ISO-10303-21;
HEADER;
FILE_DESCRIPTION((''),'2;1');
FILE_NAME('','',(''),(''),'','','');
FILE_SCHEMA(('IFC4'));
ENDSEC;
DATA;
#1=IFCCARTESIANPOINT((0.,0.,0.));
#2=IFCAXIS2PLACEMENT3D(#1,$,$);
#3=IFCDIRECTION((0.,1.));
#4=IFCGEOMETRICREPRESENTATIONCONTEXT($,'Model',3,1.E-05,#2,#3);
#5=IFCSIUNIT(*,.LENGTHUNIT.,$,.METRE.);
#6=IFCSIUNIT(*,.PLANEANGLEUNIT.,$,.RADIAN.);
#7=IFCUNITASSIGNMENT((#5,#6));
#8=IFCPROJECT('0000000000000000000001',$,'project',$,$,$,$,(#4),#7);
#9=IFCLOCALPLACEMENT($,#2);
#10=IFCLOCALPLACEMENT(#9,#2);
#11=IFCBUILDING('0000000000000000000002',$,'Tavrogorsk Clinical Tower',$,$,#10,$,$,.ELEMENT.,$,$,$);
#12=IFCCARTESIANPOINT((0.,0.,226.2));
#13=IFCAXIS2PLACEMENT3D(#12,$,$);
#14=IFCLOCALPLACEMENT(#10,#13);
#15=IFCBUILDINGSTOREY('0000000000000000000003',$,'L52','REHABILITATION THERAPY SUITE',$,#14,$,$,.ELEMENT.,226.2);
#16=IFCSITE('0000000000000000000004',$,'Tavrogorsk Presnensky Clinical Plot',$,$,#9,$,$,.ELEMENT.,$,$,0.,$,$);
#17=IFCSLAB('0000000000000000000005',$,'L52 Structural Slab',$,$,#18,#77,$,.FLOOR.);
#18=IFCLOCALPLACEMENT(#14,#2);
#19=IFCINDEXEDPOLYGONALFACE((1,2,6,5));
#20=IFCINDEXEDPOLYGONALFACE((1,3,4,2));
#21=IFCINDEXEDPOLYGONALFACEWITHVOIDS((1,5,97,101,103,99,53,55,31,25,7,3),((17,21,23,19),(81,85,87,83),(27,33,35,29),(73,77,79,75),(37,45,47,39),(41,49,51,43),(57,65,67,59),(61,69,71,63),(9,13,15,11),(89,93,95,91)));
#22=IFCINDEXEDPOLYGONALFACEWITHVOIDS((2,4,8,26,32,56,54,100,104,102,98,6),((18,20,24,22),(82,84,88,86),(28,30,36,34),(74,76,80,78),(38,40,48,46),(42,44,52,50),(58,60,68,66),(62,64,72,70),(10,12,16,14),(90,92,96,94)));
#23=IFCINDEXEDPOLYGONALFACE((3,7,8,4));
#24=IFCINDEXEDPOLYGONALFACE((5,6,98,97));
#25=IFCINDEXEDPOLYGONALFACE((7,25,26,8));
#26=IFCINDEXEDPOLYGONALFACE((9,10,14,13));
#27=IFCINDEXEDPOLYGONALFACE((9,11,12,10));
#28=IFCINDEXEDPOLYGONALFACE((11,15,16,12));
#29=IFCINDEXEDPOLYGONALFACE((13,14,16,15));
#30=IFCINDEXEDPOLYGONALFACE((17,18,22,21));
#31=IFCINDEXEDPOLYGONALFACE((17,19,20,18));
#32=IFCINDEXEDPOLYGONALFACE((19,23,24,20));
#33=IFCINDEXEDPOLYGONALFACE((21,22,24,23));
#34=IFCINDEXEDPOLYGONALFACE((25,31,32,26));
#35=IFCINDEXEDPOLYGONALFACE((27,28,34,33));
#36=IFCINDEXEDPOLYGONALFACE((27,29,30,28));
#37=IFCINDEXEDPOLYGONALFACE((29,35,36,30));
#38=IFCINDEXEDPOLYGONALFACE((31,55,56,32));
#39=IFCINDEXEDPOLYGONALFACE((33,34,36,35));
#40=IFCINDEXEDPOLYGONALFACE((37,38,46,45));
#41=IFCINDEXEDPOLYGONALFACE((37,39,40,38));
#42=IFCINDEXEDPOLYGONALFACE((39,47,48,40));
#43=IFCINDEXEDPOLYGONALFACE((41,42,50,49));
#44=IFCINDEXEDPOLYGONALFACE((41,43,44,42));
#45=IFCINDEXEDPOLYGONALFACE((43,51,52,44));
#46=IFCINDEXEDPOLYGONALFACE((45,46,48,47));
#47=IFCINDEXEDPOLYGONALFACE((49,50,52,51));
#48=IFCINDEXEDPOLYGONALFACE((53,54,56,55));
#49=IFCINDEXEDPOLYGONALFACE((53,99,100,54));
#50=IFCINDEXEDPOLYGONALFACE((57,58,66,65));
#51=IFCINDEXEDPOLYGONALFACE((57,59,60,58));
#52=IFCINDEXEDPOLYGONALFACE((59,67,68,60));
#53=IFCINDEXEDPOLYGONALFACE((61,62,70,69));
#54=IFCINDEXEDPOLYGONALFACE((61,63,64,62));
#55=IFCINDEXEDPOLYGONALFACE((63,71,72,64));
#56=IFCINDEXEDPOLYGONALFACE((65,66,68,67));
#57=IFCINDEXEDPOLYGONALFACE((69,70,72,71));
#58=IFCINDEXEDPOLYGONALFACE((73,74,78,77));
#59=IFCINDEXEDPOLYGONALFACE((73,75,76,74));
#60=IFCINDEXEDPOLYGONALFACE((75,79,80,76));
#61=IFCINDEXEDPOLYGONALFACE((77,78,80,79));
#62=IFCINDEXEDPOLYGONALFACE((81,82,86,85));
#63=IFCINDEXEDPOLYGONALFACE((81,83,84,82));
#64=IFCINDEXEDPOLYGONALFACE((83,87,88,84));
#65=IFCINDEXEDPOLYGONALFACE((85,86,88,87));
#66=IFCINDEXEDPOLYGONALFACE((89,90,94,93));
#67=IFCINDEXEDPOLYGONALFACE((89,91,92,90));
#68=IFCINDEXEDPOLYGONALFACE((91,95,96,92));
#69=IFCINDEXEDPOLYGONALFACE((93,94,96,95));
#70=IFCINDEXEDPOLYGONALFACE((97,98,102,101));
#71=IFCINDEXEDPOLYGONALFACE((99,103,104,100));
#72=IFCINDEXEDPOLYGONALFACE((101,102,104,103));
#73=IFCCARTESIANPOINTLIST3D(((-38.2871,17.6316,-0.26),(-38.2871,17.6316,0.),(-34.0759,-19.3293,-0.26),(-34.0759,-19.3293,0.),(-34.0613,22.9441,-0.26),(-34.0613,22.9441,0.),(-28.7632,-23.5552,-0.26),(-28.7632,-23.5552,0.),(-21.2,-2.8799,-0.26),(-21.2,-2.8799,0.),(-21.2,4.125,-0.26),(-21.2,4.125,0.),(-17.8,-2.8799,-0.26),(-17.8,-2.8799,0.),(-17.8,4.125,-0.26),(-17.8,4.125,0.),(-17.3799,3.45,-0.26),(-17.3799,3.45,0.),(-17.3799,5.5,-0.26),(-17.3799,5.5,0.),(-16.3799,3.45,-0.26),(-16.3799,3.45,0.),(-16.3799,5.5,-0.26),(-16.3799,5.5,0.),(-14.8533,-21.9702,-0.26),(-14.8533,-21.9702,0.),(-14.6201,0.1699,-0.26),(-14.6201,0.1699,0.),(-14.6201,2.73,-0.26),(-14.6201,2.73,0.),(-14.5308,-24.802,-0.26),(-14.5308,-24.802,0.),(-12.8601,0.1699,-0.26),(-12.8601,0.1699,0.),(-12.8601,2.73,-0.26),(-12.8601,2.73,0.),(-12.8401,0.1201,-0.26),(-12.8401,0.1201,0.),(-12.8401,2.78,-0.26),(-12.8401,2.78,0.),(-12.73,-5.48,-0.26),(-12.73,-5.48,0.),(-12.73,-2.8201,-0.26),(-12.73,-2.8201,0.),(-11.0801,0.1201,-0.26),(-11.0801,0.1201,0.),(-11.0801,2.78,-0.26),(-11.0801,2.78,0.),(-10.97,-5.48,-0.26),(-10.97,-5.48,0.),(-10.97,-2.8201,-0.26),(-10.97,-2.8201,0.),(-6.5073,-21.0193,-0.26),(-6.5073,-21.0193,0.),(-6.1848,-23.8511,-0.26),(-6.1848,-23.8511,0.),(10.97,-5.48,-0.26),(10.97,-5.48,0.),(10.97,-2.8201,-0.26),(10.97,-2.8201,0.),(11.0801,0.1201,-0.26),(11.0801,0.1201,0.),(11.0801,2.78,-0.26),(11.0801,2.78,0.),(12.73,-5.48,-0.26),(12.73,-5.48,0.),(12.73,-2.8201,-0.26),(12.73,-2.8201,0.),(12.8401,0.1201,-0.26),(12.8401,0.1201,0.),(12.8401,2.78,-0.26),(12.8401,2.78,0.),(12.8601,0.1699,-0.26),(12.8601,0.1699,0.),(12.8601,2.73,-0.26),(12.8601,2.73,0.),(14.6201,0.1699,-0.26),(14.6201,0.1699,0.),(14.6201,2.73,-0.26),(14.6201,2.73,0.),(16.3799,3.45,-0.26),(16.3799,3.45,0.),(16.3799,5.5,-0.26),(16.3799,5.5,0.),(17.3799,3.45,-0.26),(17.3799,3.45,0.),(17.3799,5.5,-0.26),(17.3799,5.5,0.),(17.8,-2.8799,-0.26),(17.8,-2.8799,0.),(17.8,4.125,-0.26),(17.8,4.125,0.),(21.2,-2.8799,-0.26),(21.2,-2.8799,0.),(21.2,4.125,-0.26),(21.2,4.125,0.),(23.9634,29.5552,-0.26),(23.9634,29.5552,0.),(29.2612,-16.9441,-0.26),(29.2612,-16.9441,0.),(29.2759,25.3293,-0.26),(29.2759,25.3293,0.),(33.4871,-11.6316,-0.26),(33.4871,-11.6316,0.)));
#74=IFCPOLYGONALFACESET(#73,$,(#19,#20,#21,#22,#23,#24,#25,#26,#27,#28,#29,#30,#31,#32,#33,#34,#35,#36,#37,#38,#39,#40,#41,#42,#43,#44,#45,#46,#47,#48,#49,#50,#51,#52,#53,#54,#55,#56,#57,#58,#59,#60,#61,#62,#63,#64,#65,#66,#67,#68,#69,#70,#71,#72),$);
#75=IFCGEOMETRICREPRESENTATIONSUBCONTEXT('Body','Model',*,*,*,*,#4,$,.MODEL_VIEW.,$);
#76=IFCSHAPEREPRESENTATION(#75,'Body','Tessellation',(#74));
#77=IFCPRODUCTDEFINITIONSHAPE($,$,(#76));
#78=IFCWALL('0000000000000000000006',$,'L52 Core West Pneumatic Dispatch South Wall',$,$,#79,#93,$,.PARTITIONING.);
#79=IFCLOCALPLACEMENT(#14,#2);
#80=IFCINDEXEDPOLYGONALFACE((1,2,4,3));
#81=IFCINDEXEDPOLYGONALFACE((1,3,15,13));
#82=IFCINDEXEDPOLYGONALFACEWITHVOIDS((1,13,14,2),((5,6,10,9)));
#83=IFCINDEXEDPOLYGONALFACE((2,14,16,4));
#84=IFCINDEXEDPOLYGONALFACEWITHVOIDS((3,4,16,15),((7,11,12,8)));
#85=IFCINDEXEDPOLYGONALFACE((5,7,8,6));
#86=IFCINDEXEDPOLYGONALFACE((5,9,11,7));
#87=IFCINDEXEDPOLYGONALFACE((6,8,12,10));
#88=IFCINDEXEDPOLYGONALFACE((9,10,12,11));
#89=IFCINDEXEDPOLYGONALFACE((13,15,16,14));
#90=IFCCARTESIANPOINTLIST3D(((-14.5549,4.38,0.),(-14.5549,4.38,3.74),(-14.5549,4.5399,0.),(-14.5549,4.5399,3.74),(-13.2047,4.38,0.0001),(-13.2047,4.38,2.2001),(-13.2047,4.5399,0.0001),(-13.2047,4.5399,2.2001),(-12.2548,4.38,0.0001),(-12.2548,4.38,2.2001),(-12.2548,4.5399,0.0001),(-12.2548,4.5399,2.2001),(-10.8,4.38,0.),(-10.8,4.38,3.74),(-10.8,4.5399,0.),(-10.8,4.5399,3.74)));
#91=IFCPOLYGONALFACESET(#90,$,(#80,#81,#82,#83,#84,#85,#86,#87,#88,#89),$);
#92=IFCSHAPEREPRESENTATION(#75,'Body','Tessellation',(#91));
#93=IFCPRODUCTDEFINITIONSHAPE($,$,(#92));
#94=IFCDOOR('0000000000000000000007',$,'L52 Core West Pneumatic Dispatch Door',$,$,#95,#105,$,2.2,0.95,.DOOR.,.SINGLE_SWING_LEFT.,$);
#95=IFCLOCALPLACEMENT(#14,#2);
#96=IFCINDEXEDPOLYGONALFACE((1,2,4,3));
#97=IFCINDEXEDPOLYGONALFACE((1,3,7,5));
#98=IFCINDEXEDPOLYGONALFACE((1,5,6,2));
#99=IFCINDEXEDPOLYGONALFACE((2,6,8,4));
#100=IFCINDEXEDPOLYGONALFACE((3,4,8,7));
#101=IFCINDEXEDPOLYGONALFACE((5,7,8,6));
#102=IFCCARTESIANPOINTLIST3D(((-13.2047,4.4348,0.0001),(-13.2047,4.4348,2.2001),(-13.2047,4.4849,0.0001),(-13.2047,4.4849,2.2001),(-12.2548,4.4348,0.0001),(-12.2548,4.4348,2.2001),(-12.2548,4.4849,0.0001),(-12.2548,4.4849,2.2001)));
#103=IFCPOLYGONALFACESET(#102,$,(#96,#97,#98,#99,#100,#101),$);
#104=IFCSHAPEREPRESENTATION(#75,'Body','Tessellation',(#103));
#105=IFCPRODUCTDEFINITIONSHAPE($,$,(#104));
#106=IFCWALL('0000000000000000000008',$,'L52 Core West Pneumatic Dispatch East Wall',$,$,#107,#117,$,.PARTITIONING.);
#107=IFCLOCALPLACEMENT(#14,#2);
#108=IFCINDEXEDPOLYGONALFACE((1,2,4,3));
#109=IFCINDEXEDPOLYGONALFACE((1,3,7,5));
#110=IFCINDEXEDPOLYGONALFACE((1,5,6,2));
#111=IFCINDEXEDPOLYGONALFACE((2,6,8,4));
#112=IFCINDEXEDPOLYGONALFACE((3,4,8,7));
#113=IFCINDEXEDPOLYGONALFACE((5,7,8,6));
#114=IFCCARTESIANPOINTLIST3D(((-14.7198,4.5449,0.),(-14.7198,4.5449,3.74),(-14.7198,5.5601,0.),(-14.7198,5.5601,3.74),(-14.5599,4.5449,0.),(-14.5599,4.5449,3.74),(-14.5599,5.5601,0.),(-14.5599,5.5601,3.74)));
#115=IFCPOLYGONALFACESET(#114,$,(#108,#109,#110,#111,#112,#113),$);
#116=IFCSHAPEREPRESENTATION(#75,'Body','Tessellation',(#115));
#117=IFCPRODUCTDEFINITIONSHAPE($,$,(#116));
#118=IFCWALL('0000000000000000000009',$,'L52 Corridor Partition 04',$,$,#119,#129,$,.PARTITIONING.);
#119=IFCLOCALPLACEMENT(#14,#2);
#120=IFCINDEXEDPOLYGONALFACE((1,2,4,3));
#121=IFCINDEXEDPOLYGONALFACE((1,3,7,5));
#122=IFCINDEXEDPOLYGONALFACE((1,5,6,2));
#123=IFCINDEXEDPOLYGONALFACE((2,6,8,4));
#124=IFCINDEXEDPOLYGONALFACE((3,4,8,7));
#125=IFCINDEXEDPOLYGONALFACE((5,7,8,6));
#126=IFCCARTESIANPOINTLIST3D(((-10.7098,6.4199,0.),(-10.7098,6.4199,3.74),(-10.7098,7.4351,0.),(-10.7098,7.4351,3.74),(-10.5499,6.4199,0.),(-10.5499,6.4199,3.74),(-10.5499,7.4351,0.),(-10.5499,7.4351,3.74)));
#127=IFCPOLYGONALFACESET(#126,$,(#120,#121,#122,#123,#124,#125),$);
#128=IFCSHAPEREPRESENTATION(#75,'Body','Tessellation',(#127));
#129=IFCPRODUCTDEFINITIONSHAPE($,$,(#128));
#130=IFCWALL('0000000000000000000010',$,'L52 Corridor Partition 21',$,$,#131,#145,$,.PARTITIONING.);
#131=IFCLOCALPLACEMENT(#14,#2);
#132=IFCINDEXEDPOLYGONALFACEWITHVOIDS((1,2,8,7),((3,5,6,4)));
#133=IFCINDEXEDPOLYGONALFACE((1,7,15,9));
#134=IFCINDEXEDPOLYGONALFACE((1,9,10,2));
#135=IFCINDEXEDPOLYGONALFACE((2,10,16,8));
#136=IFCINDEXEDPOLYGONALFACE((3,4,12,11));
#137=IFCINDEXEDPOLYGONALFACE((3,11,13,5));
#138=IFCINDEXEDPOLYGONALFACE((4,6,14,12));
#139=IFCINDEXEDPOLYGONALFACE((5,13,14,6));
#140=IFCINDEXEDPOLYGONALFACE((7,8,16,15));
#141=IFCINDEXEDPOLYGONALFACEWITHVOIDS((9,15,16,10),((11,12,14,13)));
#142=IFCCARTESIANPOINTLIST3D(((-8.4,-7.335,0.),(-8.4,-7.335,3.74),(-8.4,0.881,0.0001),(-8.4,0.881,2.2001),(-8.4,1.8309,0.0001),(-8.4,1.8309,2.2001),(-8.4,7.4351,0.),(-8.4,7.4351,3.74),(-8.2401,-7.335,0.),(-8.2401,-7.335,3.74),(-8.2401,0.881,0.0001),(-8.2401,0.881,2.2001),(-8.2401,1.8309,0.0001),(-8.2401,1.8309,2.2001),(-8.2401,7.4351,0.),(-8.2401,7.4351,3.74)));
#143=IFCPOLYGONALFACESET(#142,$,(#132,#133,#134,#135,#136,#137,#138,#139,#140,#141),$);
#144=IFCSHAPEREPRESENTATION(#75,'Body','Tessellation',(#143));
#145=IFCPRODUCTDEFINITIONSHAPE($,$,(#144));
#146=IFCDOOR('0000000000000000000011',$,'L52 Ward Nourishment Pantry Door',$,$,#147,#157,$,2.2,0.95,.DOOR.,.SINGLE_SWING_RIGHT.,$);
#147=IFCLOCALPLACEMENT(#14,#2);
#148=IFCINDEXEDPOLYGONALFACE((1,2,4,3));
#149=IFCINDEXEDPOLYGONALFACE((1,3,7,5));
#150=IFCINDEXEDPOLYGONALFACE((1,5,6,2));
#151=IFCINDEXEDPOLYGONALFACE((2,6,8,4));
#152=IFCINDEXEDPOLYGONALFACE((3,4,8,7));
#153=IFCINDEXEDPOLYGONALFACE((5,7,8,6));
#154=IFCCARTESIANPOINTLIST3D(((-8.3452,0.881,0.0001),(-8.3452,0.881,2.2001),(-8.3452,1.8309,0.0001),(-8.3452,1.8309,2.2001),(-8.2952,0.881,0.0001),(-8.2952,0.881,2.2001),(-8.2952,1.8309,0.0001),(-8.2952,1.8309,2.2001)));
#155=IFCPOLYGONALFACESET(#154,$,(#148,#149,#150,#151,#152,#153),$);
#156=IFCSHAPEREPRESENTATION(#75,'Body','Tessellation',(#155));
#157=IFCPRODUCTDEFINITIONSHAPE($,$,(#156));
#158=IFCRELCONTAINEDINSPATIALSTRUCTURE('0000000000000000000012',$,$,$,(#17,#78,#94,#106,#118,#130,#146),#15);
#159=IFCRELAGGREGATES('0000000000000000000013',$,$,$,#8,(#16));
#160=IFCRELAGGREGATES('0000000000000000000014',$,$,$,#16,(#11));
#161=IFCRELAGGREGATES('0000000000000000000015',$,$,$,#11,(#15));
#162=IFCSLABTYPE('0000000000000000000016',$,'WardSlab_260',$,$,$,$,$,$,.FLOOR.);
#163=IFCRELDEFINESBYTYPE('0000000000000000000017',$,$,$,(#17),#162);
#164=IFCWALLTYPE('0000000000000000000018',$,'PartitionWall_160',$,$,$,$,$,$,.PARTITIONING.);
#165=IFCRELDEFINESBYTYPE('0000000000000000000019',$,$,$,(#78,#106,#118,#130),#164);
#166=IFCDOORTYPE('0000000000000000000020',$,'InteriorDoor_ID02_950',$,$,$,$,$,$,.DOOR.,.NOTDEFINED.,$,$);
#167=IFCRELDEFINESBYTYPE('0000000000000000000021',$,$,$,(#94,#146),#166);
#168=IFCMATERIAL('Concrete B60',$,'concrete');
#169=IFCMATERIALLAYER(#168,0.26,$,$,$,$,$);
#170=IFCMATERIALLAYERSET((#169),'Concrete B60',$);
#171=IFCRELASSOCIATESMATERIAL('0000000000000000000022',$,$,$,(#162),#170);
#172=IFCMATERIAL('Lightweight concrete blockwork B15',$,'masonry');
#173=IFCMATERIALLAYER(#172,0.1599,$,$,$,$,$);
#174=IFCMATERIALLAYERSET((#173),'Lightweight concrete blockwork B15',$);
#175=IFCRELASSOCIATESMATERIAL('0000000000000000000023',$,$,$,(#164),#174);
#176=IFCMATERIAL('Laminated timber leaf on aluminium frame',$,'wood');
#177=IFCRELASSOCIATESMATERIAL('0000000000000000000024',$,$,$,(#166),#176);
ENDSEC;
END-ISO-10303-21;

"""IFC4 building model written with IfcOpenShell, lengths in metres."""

from ifc_helpers import new_model, si_unit, direction, frame, frame_2d, origin, place, context, subcontext, project, spatial, polyline, rectangle, outline, extrude, material, layer, layer_set, type_object, element, fill, save


model = new_model("IFC4")

# Units and contexts
model_context = context("Model", 3, precision=1e-05, world=origin(), true_north=direction((0.0, 1.0)))
body_context = subcontext(model_context, "Body", "Model", "MODEL_VIEW")
ifc_project = project(units=[si_unit("LENGTHUNIT", "METRE"), si_unit("PLANEANGLEUNIT", "RADIAN")], contexts=[model_context])

# Site, building, storey
site_placement = place(None, origin())
site = spatial("IfcSite", under=ifc_project, at=site_placement, Name="Tavrogorsk Presnensky Clinical Plot", CompositionType="ELEMENT", RefElevation=0.0)
building_placement = place(site_placement, origin())
building = spatial("IfcBuilding", under=site, at=building_placement, Name="Tavrogorsk Clinical Tower", CompositionType="ELEMENT")
storey_placement = place(building_placement, frame((0.0, 0.0, 226.2)))
storey = spatial("IfcBuildingStorey", under=building, at=storey_placement, Name="L52", Description="REHABILITATION THERAPY SUITE", CompositionType="ELEMENT", Elevation=226.2)

# Slab
ifc_material_1 = material(Name="Concrete B60", Category="concrete")
ifc_layer_1 = layer(ifc_material_1, 0.26)
ifc_layer_set_1 = layer_set([ifc_layer_1], Name="Concrete B60")
slab_type = type_object("IfcSlabType", Name="WardSlab_260", PredefinedType="FLOOR", material=ifc_layer_set_1)
slab_placement = place(storey_placement, frame((0.0, 0.0, -0.26)))
element("IfcSlab", 1, at=slab_placement, inside=storey, type_object=slab_type, Name="L52 Structural Slab", PredefinedType="FLOOR", context=body_context, shape_type="SweptSolid", body=[
    extrude(outline(polyline([(-28.7632, -23.5552), (-34.0759, -19.3293), (-38.2871, 17.6316), (-34.0613, 22.9441), (23.9634, 29.5552), (29.2759, 25.3293), (33.4871, -11.6316), (29.2612, -16.9441), (-6.5073, -21.0193), (-6.1848, -23.8511), (-14.5308, -24.802), (-14.8533, -21.9702), (-28.7632, -23.5552)]), holes=[polyline([(-17.8, -2.8799), (-17.8, 4.125), (-21.2, 4.125), (-21.2, -2.8799), (-17.8, -2.8799)]), polyline([(21.2, -2.8799), (21.2, 4.125), (17.8, 4.125), (17.8, -2.8799), (21.2, -2.8799)]), polyline([(-14.6201, 0.1699), (-12.8601, 0.1699), (-12.8601, 2.73), (-14.6201, 2.73), (-14.6201, 0.1699)]), polyline([(-12.73, -5.48), (-10.97, -5.48), (-10.97, -2.8201), (-12.73, -2.8201), (-12.73, -5.48)]), polyline([(-12.8401, 0.1201), (-11.0801, 0.1201), (-11.0801, 2.78), (-12.8401, 2.78), (-12.8401, 0.1201)]), polyline([(12.8601, 0.1699), (14.6201, 0.1699), (14.6201, 2.73), (12.8601, 2.73), (12.8601, 0.1699)]), polyline([(10.97, -5.48), (12.73, -5.48), (12.73, -2.8201), (10.97, -2.8201), (10.97, -5.48)]), polyline([(11.0801, 0.1201), (12.8401, 0.1201), (12.8401, 2.78), (11.0801, 2.78), (11.0801, 0.1201)]), polyline([(-17.3799, 3.45), (-16.3799, 3.45), (-16.3799, 5.5), (-17.3799, 5.5), (-17.3799, 3.45)]), polyline([(16.3799, 3.45), (17.3799, 3.45), (17.3799, 5.5), (16.3799, 5.5), (16.3799, 3.45)])]), origin(), (0.0, 0.0, 1.0), 0.26),
])

# Wall, opening, door
ifc_material_2 = material(Name="Lightweight concrete blockwork B15", Category="masonry")
ifc_layer_2 = layer(ifc_material_2, 0.1599)
ifc_layer_set_2 = layer_set([ifc_layer_2], Name="Lightweight concrete blockwork B15")
wall_type_1 = type_object("IfcWallType", Name="PartitionWall_160", PredefinedType="PARTITIONING", material=ifc_layer_set_2)
wall_1_placement = place(storey_placement, frame((-14.5549, 4.46, 0.0), z_axis=(0.0, 0.0, 1.0), x_axis=(1.0, 0.0, 0.0)))
wall_1 = element("IfcWall", 2, at=wall_1_placement, inside=storey, type_object=wall_type_1, Name="L52 Core West Pneumatic Dispatch South Wall", PredefinedType="PARTITIONING", context=body_context, shape_type="SweptSolid", body=[
    extrude(rectangle(XDim=3.7549, YDim=0.1599, at=frame_2d((1.8774, 0.0))), origin(), (0.0, 0.0, 1.0), 3.74),
])
opening_1_placement = place(wall_1_placement, frame((1.3501, 0.0, 0.0)))
opening_1 = element("IfcOpeningElement", 3, at=opening_1_placement, cuts=wall_1, PredefinedType="OPENING", context=body_context, shape_type="SweptSolid", body=[
    extrude(rectangle(XDim=0.95, YDim=2.2, at=frame_2d((0.4751, 1.1001))), frame((0.0, 0.0898, 0.0), z_axis=(0.0, -1.0, 0.0), x_axis=(1.0, 0.0, 0.0)), (0.0, 0.0, 1.0), 0.1799),
])
ifc_material_3 = material(Name="Laminated timber leaf on aluminium frame", Category="wood")
door_type_1 = type_object("IfcDoorType", Name="InteriorDoor_ID02_950", OperationType="NOTDEFINED", PredefinedType="DOOR", material=ifc_material_3)
door_1_placement = place(opening_1_placement, origin())
door_1 = element("IfcDoor", 4, at=door_1_placement, inside=storey, type_object=door_type_1, Name="L52 Core West Pneumatic Dispatch Door", OperationType="SINGLE_SWING_LEFT", OverallHeight=2.2, OverallWidth=0.95, PredefinedType="DOOR", context=body_context, shape_type="SweptSolid", body=[
    extrude(rectangle(XDim=0.95, YDim=2.2, at=frame_2d((0.4751, 1.1001))), frame((0.0, 0.0249, 0.0), z_axis=(0.0, -1.0, 0.0), x_axis=(1.0, 0.0, 0.0)), (0.0, 0.0, 1.0), 0.05),
])
fill(opening_1, door_1)

# Walls
for number, where, z_axis, x_axis, name in (
    (5, (-14.6399, 4.5449, 0.0), (0.0, 0.0, 1.0), (0.0, 1.0, 0.0), "L52 Core West Pneumatic Dispatch East Wall"),
    (6, (-10.6299, 6.4199, 0.0), (0.0, 0.0, 1.0), (0.0, 1.0, 0.0), "L52 Corridor Partition 04"),
):
    element("IfcWall", number, at=place(storey_placement, frame(where, z_axis=z_axis, x_axis=x_axis)), inside=storey, type_object=wall_type_1, Name=name, PredefinedType="PARTITIONING", context=body_context, shape_type="SweptSolid", body=[
        extrude(rectangle(XDim=1.0151, YDim=0.1599, at=frame_2d((0.5076, 0.0))), origin(), (0.0, 0.0, 1.0), 3.74),
    ])

# Wall, opening, door
wall_2_placement = place(storey_placement, frame((-8.3201, 7.4351, 0.0), z_axis=(0.0, 0.0, 1.0), x_axis=(0.0, -1.0, 0.0)))
wall_2 = element("IfcWall", 7, at=wall_2_placement, inside=storey, type_object=wall_type_1, Name="L52 Corridor Partition 21", PredefinedType="PARTITIONING", context=body_context, shape_type="SweptSolid", body=[
    extrude(rectangle(XDim=14.77, YDim=0.1599, at=frame_2d((7.385, 0.0))), origin(), (0.0, 0.0, 1.0), 3.74),
])
opening_2_placement = place(wall_2_placement, frame((5.604, 0.0, 0.0)))
opening_2 = element("IfcOpeningElement", 8, at=opening_2_placement, cuts=wall_2, PredefinedType="OPENING", context=body_context, shape_type="SweptSolid", body=[
    extrude(rectangle(XDim=0.95, YDim=2.2, at=frame_2d((0.4751, 1.1001))), frame((0.0, 0.0898, 0.0), z_axis=(0.0, -1.0, 0.0), x_axis=(1.0, 0.0, 0.0)), (0.0, 0.0, 1.0), 0.1799),
])
door_2_placement = place(opening_2_placement, origin())
door_2 = element("IfcDoor", 9, at=door_2_placement, inside=storey, type_object=door_type_1, Name="L52 Ward Nourishment Pantry Door", OperationType="SINGLE_SWING_RIGHT", OverallHeight=2.2, OverallWidth=0.95, PredefinedType="DOOR", context=body_context, shape_type="SweptSolid", body=[
    extrude(rectangle(XDim=0.95, YDim=2.2, at=frame_2d((0.4751, 1.1001))), frame((0.0, 0.0249, 0.0), z_axis=(0.0, -1.0, 0.0), x_axis=(1.0, 0.0, 0.0)), (0.0, 0.0, 1.0), 0.05),
])
fill(opening_2, door_2)

save(model, "model.ifc")
